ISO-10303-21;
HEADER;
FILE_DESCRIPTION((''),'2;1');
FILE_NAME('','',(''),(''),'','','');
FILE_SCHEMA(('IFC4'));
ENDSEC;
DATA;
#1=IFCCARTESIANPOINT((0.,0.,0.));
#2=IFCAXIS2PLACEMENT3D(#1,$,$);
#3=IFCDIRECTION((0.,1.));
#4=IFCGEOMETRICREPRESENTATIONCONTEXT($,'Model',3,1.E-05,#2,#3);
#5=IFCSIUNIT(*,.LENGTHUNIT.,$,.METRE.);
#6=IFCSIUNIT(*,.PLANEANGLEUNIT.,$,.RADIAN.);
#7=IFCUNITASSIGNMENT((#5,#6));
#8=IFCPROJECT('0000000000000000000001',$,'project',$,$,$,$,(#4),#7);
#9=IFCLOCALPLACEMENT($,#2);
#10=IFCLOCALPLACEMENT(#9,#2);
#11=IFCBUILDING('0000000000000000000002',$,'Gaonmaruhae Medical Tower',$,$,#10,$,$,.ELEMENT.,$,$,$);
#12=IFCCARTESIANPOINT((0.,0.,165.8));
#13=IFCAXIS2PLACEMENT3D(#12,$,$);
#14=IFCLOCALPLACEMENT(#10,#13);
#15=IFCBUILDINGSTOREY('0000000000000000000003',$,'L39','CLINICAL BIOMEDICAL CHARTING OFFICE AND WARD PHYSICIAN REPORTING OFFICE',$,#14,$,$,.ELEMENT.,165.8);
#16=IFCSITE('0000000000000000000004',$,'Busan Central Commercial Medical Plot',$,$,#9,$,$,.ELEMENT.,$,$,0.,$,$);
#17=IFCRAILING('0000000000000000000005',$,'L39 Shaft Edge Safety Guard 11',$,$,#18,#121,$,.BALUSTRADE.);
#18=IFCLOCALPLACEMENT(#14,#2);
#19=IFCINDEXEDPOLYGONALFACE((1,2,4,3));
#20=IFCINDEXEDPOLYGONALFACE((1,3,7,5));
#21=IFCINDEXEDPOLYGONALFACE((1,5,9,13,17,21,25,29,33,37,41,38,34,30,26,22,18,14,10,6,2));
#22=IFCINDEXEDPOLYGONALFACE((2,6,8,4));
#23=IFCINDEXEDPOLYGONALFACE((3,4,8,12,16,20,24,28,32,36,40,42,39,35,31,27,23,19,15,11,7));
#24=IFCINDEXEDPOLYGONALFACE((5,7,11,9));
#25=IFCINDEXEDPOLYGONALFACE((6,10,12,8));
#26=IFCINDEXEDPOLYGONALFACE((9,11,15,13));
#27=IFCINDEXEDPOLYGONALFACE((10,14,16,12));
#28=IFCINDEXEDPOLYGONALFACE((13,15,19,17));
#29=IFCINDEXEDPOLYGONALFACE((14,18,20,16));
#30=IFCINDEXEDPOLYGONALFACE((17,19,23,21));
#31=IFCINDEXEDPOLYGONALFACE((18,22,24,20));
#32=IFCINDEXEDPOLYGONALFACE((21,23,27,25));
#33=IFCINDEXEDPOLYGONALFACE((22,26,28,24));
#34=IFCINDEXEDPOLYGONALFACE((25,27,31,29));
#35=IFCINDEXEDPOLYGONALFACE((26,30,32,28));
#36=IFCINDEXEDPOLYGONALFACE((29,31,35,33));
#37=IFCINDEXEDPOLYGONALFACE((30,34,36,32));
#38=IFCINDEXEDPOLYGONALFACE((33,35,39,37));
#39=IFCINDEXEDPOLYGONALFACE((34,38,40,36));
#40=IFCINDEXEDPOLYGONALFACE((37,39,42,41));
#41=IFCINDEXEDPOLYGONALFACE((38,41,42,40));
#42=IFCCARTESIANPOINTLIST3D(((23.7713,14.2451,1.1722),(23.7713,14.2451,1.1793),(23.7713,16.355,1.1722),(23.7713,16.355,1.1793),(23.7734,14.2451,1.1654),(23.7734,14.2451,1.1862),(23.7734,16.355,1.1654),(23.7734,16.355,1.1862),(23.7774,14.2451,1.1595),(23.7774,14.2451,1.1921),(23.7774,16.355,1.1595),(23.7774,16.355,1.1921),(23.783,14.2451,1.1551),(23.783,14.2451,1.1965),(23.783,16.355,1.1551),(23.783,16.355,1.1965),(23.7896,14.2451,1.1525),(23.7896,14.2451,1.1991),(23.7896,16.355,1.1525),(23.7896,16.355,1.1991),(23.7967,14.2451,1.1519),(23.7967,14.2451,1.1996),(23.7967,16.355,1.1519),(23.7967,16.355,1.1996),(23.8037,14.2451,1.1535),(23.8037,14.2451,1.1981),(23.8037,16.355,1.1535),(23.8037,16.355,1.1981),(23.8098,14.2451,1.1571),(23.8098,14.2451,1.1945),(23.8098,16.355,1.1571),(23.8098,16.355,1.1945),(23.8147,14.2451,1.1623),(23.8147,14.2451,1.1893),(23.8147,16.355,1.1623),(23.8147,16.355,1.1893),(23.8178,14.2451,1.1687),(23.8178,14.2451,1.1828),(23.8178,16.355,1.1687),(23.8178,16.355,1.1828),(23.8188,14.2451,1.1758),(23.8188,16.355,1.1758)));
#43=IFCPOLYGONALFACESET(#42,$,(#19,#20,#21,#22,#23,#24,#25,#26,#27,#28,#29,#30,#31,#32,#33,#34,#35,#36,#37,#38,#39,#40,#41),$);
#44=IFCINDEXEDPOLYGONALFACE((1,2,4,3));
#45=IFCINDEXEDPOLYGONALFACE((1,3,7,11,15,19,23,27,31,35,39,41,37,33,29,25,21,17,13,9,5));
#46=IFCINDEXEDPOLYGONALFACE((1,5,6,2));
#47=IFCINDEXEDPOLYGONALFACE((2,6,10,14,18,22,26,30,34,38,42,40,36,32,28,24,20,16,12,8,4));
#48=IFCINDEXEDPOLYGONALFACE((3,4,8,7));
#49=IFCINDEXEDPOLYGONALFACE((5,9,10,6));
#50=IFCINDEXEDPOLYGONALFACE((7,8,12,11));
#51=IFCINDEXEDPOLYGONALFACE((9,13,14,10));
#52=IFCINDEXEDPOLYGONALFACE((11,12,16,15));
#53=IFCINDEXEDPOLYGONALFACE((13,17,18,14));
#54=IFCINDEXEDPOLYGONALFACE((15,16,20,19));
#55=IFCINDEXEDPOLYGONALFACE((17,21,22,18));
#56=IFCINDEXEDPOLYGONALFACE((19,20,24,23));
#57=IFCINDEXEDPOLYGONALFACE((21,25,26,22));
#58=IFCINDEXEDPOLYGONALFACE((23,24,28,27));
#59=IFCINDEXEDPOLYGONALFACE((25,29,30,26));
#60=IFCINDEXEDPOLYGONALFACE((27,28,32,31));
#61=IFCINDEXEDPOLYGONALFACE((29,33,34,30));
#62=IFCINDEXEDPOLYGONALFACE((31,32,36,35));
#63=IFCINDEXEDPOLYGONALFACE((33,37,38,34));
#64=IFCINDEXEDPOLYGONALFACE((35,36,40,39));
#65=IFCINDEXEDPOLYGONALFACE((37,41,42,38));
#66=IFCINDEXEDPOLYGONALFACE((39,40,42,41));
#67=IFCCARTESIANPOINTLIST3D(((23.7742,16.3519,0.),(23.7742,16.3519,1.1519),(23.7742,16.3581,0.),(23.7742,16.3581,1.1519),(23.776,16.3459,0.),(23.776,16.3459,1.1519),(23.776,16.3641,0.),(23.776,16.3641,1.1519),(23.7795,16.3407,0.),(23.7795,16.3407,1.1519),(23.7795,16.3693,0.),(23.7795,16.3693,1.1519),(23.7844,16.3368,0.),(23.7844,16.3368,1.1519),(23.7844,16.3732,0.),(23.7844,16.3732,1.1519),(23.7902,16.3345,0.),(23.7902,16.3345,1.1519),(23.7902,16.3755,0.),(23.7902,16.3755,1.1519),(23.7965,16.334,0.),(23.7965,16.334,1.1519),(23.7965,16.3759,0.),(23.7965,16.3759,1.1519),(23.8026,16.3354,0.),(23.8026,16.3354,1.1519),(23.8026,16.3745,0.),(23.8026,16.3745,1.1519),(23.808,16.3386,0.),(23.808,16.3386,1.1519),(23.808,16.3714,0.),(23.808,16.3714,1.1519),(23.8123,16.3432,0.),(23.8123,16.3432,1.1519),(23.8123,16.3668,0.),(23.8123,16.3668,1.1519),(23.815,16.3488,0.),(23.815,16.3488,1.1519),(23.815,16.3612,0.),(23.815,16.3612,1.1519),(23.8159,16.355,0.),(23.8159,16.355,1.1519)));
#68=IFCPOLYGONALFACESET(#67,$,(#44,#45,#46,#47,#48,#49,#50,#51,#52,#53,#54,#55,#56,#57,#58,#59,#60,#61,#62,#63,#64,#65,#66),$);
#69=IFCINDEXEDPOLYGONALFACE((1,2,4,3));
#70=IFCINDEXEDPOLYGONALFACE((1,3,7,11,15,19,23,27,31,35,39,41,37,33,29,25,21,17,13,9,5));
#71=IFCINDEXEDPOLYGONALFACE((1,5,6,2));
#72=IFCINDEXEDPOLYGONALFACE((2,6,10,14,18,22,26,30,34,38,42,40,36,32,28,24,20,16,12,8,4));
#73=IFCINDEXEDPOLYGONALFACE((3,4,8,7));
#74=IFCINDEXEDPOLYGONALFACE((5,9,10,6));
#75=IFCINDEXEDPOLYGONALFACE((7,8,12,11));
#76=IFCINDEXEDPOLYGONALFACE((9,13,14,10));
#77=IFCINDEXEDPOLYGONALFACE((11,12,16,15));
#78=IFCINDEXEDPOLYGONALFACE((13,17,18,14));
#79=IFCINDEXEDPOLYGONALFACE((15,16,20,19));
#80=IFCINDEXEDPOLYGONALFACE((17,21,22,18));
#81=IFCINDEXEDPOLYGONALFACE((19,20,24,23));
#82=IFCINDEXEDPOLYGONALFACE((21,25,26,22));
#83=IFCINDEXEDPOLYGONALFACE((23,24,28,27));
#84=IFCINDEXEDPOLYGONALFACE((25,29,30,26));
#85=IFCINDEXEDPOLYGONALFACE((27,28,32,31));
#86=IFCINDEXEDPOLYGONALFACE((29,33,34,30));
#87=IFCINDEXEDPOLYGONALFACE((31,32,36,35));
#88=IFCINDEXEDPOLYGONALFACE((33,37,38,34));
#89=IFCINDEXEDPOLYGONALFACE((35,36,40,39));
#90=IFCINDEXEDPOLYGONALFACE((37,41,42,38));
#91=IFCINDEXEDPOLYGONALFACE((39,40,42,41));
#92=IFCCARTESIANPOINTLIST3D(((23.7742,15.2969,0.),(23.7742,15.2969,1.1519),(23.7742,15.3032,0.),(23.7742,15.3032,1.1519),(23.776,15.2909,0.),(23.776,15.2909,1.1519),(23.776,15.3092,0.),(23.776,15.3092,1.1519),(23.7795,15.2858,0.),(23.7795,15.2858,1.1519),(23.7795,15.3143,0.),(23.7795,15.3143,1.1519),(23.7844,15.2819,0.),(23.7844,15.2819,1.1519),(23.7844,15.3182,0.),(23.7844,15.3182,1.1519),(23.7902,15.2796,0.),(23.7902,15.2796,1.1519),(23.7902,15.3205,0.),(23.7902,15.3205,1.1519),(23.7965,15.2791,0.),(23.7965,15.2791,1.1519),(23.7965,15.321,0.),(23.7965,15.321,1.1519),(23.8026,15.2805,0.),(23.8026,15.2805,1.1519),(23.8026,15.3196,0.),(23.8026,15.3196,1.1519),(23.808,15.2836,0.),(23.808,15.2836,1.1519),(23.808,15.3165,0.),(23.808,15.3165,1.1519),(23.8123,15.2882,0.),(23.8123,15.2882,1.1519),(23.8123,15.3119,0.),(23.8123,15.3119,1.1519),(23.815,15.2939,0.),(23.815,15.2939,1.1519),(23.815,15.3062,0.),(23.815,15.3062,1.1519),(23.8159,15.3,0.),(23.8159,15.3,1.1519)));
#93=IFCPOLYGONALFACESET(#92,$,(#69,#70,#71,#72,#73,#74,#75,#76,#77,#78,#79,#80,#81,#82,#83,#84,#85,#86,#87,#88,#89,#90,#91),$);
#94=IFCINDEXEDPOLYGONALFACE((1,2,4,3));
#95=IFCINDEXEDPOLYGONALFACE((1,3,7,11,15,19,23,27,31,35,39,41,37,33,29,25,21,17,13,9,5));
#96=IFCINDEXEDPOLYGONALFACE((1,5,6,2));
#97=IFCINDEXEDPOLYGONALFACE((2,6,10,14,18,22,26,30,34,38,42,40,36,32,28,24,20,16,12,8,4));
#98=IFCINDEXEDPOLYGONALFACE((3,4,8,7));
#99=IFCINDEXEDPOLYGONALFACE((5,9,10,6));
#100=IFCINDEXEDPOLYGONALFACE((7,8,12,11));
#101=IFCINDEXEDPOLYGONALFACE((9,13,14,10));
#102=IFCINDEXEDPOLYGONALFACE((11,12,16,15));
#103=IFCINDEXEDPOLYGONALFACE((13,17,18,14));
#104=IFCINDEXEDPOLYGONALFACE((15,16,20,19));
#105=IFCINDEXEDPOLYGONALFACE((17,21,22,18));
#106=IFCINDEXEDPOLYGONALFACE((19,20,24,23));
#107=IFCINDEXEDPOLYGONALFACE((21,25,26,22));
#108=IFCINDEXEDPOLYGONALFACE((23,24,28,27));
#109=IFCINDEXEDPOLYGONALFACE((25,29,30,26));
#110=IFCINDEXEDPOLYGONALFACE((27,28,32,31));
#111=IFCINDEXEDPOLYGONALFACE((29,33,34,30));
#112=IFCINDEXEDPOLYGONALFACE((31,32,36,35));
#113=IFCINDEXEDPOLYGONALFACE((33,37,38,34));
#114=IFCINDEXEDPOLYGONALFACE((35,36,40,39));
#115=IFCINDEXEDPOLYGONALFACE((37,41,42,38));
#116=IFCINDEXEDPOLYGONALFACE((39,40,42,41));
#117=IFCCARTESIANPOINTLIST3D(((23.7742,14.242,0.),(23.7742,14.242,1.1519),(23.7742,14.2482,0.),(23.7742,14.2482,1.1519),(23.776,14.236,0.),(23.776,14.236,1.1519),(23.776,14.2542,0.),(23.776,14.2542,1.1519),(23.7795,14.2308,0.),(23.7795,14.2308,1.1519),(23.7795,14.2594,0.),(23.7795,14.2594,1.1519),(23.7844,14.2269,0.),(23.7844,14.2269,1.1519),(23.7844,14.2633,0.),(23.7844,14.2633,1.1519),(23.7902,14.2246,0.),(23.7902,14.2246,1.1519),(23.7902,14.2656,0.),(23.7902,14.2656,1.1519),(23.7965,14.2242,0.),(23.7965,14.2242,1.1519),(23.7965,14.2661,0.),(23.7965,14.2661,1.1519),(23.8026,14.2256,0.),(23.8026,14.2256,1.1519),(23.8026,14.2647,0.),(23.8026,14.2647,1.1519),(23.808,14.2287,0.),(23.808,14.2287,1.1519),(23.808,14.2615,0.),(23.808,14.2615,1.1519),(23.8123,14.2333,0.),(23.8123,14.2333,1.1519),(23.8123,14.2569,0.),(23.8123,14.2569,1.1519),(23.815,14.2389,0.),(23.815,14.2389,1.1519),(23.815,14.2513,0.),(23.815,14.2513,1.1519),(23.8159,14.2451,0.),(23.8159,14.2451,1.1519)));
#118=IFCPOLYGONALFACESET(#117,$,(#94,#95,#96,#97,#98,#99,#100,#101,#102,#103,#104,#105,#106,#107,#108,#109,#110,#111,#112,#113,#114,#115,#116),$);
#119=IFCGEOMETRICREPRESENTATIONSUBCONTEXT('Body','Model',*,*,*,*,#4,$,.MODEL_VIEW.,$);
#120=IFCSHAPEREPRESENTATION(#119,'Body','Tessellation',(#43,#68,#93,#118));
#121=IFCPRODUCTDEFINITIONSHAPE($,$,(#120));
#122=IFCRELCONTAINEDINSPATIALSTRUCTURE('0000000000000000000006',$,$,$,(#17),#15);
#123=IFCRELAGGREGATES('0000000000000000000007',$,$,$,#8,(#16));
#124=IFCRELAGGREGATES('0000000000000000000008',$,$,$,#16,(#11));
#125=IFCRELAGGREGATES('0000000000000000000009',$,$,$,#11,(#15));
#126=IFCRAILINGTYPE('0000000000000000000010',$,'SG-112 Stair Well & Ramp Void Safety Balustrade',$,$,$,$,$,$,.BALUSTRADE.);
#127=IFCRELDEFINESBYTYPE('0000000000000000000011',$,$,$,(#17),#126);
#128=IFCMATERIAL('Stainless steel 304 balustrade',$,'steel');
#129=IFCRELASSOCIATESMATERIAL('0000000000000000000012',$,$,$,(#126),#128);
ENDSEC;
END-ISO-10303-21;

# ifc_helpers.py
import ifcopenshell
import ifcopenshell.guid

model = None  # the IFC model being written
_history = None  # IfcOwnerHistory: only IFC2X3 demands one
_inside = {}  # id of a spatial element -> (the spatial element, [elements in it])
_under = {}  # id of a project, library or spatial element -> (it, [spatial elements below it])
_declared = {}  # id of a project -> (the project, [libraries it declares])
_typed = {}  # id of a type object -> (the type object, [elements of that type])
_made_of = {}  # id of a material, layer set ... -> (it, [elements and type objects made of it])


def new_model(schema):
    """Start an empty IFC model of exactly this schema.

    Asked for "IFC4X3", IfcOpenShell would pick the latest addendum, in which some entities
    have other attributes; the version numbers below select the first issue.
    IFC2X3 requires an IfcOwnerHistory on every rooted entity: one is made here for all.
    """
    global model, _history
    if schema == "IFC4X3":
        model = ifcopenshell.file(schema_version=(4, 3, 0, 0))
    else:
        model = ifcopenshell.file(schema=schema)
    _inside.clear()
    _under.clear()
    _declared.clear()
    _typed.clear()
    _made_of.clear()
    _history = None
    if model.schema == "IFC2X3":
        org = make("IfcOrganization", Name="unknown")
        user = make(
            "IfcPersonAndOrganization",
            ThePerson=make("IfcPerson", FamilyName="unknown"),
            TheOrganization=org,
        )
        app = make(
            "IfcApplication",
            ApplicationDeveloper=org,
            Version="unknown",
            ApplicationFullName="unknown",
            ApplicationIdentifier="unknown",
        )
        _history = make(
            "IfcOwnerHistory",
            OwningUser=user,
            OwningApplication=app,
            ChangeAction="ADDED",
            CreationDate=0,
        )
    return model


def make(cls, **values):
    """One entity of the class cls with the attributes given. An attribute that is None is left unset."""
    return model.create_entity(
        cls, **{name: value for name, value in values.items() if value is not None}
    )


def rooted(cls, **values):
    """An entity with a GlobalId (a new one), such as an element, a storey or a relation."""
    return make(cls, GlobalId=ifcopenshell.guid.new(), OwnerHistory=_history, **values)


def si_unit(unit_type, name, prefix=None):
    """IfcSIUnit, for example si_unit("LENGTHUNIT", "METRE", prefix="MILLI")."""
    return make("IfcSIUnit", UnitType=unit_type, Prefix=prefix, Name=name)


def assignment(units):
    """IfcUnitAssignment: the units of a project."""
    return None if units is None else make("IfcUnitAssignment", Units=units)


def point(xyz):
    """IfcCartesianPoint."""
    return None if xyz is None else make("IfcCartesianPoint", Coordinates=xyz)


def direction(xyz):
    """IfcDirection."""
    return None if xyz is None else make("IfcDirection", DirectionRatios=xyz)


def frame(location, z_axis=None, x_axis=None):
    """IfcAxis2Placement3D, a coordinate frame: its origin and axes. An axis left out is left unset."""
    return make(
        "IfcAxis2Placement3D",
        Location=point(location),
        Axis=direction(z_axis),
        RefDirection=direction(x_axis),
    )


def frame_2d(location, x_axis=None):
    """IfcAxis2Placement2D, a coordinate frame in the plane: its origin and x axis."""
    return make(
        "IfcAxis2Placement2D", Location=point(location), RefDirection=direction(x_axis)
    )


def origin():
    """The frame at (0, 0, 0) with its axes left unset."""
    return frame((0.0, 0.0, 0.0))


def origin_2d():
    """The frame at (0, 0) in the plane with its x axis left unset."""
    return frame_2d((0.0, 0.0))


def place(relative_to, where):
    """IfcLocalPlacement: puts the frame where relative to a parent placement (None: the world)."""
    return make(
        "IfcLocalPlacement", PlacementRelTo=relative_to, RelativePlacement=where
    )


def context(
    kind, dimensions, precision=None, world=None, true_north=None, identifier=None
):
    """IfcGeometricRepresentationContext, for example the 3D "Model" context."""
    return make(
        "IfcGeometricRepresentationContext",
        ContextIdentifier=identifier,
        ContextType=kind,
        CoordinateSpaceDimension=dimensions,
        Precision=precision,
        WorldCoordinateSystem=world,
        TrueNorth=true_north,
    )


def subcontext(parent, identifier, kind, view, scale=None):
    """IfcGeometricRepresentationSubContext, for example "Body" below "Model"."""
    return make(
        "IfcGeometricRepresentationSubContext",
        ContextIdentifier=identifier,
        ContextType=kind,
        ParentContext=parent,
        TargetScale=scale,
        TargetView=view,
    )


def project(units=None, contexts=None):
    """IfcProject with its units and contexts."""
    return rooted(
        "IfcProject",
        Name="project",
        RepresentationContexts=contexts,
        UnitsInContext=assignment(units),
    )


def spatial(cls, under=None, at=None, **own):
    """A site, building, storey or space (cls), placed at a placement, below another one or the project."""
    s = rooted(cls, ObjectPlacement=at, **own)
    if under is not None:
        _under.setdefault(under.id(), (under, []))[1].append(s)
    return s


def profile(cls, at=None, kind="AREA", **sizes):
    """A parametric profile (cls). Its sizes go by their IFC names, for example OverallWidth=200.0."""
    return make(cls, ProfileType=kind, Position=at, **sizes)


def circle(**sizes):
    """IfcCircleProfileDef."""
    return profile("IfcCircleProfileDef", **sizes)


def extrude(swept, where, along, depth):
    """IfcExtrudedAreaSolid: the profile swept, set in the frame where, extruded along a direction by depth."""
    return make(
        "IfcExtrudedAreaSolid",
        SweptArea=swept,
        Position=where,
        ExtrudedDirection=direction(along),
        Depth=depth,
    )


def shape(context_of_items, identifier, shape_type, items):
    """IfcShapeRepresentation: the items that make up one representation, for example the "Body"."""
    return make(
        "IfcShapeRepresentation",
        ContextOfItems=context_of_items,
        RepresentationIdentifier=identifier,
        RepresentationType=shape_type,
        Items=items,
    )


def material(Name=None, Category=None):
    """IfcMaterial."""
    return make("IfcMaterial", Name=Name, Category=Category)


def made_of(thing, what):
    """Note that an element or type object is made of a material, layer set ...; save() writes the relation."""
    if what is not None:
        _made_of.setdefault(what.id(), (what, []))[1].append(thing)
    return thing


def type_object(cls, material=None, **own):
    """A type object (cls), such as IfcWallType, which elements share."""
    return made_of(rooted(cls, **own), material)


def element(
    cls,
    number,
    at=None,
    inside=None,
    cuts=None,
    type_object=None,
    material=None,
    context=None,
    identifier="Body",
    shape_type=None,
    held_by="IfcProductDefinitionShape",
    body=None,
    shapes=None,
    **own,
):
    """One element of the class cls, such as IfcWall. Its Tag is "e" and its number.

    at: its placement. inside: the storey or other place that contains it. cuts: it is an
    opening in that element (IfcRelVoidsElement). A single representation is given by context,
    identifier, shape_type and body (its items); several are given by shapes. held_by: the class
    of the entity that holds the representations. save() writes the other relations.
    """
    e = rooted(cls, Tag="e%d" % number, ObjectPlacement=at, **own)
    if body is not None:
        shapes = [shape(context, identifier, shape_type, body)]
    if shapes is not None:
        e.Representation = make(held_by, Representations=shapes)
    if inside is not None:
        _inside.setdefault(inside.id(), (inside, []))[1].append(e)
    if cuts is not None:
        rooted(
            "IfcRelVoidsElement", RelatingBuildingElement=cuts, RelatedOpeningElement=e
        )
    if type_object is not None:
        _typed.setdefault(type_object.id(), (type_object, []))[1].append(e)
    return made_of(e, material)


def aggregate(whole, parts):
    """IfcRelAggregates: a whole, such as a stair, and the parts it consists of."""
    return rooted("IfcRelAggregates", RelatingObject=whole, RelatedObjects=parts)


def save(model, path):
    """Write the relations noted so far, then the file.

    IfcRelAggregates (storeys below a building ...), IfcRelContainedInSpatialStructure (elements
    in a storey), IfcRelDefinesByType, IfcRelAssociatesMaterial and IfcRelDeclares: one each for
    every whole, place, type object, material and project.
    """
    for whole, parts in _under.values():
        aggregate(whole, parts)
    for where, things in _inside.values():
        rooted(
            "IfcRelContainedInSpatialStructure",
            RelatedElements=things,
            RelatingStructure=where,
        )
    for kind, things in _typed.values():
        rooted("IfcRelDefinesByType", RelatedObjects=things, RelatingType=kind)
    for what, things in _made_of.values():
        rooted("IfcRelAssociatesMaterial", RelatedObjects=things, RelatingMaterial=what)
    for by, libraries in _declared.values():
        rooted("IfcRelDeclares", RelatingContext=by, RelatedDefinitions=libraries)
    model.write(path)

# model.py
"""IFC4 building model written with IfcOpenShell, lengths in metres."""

from ifc_helpers import new_model, si_unit, direction, frame, origin, origin_2d, place, context, subcontext, project, spatial, circle, extrude, material, type_object, element, save


model = new_model("IFC4")

# Units and contexts
model_context = context("Model", 3, precision=1e-05, world=origin(), true_north=direction((0.0, 1.0)))
body_context = subcontext(model_context, "Body", "Model", "MODEL_VIEW")
ifc_project = project(units=[si_unit("LENGTHUNIT", "METRE"), si_unit("PLANEANGLEUNIT", "RADIAN")], contexts=[model_context])

# Site, building, storey
site_placement = place(None, origin())
site = spatial("IfcSite", under=ifc_project, at=site_placement, Name="Busan Central Commercial Medical Plot", CompositionType="ELEMENT", RefElevation=0.0)
building_placement = place(site_placement, origin())
building = spatial("IfcBuilding", under=site, at=building_placement, Name="Gaonmaruhae Medical Tower", CompositionType="ELEMENT")
storey_placement = place(building_placement, frame((0.0, 0.0, 165.8)))
storey = spatial("IfcBuildingStorey", under=building, at=storey_placement, Name="L39", Description="CLINICAL BIOMEDICAL CHARTING OFFICE AND WARD PHYSICIAN REPORTING OFFICE", CompositionType="ELEMENT", Elevation=165.8)

# Railing
ifc_material_1 = material(Name="Stainless steel 304 balustrade", Category="steel")
railing_type = type_object("IfcRailingType", Name="SG-112 Stair Well & Ramp Void Safety Balustrade", PredefinedType="BALUSTRADE", material=ifc_material_1)
railing_1_placement = place(storey_placement, frame((23.7949, 16.355, 0.0)))
element("IfcRailing", 1, at=railing_1_placement, inside=storey, type_object=railing_type, Name="L39 Shaft Edge Safety Guard 11", PredefinedType="BALUSTRADE", context=body_context, shape_type="SweptSolid", body=[
    extrude(circle(Radius=0.0239, at=origin_2d()), frame((0.0, 0.0, 1.1758), z_axis=(0.0, -1.0, 0.0), x_axis=(1.0, 0.0, 0.0)), (0.0, 0.0, 1.0), 2.1099),
    extrude(circle(Radius=0.021, at=origin_2d()), origin(), (0.0, 0.0, 1.0), 1.1519),
    extrude(circle(Radius=0.021, at=origin_2d()), frame((0.0, -1.0549, 0.0)), (0.0, 0.0, 1.0), 1.1519),
    extrude(circle(Radius=0.021, at=origin_2d()), frame((0.0, -2.1099, 0.0)), (0.0, 0.0, 1.0), 1.1519),
])

save(model, "model.ifc")
